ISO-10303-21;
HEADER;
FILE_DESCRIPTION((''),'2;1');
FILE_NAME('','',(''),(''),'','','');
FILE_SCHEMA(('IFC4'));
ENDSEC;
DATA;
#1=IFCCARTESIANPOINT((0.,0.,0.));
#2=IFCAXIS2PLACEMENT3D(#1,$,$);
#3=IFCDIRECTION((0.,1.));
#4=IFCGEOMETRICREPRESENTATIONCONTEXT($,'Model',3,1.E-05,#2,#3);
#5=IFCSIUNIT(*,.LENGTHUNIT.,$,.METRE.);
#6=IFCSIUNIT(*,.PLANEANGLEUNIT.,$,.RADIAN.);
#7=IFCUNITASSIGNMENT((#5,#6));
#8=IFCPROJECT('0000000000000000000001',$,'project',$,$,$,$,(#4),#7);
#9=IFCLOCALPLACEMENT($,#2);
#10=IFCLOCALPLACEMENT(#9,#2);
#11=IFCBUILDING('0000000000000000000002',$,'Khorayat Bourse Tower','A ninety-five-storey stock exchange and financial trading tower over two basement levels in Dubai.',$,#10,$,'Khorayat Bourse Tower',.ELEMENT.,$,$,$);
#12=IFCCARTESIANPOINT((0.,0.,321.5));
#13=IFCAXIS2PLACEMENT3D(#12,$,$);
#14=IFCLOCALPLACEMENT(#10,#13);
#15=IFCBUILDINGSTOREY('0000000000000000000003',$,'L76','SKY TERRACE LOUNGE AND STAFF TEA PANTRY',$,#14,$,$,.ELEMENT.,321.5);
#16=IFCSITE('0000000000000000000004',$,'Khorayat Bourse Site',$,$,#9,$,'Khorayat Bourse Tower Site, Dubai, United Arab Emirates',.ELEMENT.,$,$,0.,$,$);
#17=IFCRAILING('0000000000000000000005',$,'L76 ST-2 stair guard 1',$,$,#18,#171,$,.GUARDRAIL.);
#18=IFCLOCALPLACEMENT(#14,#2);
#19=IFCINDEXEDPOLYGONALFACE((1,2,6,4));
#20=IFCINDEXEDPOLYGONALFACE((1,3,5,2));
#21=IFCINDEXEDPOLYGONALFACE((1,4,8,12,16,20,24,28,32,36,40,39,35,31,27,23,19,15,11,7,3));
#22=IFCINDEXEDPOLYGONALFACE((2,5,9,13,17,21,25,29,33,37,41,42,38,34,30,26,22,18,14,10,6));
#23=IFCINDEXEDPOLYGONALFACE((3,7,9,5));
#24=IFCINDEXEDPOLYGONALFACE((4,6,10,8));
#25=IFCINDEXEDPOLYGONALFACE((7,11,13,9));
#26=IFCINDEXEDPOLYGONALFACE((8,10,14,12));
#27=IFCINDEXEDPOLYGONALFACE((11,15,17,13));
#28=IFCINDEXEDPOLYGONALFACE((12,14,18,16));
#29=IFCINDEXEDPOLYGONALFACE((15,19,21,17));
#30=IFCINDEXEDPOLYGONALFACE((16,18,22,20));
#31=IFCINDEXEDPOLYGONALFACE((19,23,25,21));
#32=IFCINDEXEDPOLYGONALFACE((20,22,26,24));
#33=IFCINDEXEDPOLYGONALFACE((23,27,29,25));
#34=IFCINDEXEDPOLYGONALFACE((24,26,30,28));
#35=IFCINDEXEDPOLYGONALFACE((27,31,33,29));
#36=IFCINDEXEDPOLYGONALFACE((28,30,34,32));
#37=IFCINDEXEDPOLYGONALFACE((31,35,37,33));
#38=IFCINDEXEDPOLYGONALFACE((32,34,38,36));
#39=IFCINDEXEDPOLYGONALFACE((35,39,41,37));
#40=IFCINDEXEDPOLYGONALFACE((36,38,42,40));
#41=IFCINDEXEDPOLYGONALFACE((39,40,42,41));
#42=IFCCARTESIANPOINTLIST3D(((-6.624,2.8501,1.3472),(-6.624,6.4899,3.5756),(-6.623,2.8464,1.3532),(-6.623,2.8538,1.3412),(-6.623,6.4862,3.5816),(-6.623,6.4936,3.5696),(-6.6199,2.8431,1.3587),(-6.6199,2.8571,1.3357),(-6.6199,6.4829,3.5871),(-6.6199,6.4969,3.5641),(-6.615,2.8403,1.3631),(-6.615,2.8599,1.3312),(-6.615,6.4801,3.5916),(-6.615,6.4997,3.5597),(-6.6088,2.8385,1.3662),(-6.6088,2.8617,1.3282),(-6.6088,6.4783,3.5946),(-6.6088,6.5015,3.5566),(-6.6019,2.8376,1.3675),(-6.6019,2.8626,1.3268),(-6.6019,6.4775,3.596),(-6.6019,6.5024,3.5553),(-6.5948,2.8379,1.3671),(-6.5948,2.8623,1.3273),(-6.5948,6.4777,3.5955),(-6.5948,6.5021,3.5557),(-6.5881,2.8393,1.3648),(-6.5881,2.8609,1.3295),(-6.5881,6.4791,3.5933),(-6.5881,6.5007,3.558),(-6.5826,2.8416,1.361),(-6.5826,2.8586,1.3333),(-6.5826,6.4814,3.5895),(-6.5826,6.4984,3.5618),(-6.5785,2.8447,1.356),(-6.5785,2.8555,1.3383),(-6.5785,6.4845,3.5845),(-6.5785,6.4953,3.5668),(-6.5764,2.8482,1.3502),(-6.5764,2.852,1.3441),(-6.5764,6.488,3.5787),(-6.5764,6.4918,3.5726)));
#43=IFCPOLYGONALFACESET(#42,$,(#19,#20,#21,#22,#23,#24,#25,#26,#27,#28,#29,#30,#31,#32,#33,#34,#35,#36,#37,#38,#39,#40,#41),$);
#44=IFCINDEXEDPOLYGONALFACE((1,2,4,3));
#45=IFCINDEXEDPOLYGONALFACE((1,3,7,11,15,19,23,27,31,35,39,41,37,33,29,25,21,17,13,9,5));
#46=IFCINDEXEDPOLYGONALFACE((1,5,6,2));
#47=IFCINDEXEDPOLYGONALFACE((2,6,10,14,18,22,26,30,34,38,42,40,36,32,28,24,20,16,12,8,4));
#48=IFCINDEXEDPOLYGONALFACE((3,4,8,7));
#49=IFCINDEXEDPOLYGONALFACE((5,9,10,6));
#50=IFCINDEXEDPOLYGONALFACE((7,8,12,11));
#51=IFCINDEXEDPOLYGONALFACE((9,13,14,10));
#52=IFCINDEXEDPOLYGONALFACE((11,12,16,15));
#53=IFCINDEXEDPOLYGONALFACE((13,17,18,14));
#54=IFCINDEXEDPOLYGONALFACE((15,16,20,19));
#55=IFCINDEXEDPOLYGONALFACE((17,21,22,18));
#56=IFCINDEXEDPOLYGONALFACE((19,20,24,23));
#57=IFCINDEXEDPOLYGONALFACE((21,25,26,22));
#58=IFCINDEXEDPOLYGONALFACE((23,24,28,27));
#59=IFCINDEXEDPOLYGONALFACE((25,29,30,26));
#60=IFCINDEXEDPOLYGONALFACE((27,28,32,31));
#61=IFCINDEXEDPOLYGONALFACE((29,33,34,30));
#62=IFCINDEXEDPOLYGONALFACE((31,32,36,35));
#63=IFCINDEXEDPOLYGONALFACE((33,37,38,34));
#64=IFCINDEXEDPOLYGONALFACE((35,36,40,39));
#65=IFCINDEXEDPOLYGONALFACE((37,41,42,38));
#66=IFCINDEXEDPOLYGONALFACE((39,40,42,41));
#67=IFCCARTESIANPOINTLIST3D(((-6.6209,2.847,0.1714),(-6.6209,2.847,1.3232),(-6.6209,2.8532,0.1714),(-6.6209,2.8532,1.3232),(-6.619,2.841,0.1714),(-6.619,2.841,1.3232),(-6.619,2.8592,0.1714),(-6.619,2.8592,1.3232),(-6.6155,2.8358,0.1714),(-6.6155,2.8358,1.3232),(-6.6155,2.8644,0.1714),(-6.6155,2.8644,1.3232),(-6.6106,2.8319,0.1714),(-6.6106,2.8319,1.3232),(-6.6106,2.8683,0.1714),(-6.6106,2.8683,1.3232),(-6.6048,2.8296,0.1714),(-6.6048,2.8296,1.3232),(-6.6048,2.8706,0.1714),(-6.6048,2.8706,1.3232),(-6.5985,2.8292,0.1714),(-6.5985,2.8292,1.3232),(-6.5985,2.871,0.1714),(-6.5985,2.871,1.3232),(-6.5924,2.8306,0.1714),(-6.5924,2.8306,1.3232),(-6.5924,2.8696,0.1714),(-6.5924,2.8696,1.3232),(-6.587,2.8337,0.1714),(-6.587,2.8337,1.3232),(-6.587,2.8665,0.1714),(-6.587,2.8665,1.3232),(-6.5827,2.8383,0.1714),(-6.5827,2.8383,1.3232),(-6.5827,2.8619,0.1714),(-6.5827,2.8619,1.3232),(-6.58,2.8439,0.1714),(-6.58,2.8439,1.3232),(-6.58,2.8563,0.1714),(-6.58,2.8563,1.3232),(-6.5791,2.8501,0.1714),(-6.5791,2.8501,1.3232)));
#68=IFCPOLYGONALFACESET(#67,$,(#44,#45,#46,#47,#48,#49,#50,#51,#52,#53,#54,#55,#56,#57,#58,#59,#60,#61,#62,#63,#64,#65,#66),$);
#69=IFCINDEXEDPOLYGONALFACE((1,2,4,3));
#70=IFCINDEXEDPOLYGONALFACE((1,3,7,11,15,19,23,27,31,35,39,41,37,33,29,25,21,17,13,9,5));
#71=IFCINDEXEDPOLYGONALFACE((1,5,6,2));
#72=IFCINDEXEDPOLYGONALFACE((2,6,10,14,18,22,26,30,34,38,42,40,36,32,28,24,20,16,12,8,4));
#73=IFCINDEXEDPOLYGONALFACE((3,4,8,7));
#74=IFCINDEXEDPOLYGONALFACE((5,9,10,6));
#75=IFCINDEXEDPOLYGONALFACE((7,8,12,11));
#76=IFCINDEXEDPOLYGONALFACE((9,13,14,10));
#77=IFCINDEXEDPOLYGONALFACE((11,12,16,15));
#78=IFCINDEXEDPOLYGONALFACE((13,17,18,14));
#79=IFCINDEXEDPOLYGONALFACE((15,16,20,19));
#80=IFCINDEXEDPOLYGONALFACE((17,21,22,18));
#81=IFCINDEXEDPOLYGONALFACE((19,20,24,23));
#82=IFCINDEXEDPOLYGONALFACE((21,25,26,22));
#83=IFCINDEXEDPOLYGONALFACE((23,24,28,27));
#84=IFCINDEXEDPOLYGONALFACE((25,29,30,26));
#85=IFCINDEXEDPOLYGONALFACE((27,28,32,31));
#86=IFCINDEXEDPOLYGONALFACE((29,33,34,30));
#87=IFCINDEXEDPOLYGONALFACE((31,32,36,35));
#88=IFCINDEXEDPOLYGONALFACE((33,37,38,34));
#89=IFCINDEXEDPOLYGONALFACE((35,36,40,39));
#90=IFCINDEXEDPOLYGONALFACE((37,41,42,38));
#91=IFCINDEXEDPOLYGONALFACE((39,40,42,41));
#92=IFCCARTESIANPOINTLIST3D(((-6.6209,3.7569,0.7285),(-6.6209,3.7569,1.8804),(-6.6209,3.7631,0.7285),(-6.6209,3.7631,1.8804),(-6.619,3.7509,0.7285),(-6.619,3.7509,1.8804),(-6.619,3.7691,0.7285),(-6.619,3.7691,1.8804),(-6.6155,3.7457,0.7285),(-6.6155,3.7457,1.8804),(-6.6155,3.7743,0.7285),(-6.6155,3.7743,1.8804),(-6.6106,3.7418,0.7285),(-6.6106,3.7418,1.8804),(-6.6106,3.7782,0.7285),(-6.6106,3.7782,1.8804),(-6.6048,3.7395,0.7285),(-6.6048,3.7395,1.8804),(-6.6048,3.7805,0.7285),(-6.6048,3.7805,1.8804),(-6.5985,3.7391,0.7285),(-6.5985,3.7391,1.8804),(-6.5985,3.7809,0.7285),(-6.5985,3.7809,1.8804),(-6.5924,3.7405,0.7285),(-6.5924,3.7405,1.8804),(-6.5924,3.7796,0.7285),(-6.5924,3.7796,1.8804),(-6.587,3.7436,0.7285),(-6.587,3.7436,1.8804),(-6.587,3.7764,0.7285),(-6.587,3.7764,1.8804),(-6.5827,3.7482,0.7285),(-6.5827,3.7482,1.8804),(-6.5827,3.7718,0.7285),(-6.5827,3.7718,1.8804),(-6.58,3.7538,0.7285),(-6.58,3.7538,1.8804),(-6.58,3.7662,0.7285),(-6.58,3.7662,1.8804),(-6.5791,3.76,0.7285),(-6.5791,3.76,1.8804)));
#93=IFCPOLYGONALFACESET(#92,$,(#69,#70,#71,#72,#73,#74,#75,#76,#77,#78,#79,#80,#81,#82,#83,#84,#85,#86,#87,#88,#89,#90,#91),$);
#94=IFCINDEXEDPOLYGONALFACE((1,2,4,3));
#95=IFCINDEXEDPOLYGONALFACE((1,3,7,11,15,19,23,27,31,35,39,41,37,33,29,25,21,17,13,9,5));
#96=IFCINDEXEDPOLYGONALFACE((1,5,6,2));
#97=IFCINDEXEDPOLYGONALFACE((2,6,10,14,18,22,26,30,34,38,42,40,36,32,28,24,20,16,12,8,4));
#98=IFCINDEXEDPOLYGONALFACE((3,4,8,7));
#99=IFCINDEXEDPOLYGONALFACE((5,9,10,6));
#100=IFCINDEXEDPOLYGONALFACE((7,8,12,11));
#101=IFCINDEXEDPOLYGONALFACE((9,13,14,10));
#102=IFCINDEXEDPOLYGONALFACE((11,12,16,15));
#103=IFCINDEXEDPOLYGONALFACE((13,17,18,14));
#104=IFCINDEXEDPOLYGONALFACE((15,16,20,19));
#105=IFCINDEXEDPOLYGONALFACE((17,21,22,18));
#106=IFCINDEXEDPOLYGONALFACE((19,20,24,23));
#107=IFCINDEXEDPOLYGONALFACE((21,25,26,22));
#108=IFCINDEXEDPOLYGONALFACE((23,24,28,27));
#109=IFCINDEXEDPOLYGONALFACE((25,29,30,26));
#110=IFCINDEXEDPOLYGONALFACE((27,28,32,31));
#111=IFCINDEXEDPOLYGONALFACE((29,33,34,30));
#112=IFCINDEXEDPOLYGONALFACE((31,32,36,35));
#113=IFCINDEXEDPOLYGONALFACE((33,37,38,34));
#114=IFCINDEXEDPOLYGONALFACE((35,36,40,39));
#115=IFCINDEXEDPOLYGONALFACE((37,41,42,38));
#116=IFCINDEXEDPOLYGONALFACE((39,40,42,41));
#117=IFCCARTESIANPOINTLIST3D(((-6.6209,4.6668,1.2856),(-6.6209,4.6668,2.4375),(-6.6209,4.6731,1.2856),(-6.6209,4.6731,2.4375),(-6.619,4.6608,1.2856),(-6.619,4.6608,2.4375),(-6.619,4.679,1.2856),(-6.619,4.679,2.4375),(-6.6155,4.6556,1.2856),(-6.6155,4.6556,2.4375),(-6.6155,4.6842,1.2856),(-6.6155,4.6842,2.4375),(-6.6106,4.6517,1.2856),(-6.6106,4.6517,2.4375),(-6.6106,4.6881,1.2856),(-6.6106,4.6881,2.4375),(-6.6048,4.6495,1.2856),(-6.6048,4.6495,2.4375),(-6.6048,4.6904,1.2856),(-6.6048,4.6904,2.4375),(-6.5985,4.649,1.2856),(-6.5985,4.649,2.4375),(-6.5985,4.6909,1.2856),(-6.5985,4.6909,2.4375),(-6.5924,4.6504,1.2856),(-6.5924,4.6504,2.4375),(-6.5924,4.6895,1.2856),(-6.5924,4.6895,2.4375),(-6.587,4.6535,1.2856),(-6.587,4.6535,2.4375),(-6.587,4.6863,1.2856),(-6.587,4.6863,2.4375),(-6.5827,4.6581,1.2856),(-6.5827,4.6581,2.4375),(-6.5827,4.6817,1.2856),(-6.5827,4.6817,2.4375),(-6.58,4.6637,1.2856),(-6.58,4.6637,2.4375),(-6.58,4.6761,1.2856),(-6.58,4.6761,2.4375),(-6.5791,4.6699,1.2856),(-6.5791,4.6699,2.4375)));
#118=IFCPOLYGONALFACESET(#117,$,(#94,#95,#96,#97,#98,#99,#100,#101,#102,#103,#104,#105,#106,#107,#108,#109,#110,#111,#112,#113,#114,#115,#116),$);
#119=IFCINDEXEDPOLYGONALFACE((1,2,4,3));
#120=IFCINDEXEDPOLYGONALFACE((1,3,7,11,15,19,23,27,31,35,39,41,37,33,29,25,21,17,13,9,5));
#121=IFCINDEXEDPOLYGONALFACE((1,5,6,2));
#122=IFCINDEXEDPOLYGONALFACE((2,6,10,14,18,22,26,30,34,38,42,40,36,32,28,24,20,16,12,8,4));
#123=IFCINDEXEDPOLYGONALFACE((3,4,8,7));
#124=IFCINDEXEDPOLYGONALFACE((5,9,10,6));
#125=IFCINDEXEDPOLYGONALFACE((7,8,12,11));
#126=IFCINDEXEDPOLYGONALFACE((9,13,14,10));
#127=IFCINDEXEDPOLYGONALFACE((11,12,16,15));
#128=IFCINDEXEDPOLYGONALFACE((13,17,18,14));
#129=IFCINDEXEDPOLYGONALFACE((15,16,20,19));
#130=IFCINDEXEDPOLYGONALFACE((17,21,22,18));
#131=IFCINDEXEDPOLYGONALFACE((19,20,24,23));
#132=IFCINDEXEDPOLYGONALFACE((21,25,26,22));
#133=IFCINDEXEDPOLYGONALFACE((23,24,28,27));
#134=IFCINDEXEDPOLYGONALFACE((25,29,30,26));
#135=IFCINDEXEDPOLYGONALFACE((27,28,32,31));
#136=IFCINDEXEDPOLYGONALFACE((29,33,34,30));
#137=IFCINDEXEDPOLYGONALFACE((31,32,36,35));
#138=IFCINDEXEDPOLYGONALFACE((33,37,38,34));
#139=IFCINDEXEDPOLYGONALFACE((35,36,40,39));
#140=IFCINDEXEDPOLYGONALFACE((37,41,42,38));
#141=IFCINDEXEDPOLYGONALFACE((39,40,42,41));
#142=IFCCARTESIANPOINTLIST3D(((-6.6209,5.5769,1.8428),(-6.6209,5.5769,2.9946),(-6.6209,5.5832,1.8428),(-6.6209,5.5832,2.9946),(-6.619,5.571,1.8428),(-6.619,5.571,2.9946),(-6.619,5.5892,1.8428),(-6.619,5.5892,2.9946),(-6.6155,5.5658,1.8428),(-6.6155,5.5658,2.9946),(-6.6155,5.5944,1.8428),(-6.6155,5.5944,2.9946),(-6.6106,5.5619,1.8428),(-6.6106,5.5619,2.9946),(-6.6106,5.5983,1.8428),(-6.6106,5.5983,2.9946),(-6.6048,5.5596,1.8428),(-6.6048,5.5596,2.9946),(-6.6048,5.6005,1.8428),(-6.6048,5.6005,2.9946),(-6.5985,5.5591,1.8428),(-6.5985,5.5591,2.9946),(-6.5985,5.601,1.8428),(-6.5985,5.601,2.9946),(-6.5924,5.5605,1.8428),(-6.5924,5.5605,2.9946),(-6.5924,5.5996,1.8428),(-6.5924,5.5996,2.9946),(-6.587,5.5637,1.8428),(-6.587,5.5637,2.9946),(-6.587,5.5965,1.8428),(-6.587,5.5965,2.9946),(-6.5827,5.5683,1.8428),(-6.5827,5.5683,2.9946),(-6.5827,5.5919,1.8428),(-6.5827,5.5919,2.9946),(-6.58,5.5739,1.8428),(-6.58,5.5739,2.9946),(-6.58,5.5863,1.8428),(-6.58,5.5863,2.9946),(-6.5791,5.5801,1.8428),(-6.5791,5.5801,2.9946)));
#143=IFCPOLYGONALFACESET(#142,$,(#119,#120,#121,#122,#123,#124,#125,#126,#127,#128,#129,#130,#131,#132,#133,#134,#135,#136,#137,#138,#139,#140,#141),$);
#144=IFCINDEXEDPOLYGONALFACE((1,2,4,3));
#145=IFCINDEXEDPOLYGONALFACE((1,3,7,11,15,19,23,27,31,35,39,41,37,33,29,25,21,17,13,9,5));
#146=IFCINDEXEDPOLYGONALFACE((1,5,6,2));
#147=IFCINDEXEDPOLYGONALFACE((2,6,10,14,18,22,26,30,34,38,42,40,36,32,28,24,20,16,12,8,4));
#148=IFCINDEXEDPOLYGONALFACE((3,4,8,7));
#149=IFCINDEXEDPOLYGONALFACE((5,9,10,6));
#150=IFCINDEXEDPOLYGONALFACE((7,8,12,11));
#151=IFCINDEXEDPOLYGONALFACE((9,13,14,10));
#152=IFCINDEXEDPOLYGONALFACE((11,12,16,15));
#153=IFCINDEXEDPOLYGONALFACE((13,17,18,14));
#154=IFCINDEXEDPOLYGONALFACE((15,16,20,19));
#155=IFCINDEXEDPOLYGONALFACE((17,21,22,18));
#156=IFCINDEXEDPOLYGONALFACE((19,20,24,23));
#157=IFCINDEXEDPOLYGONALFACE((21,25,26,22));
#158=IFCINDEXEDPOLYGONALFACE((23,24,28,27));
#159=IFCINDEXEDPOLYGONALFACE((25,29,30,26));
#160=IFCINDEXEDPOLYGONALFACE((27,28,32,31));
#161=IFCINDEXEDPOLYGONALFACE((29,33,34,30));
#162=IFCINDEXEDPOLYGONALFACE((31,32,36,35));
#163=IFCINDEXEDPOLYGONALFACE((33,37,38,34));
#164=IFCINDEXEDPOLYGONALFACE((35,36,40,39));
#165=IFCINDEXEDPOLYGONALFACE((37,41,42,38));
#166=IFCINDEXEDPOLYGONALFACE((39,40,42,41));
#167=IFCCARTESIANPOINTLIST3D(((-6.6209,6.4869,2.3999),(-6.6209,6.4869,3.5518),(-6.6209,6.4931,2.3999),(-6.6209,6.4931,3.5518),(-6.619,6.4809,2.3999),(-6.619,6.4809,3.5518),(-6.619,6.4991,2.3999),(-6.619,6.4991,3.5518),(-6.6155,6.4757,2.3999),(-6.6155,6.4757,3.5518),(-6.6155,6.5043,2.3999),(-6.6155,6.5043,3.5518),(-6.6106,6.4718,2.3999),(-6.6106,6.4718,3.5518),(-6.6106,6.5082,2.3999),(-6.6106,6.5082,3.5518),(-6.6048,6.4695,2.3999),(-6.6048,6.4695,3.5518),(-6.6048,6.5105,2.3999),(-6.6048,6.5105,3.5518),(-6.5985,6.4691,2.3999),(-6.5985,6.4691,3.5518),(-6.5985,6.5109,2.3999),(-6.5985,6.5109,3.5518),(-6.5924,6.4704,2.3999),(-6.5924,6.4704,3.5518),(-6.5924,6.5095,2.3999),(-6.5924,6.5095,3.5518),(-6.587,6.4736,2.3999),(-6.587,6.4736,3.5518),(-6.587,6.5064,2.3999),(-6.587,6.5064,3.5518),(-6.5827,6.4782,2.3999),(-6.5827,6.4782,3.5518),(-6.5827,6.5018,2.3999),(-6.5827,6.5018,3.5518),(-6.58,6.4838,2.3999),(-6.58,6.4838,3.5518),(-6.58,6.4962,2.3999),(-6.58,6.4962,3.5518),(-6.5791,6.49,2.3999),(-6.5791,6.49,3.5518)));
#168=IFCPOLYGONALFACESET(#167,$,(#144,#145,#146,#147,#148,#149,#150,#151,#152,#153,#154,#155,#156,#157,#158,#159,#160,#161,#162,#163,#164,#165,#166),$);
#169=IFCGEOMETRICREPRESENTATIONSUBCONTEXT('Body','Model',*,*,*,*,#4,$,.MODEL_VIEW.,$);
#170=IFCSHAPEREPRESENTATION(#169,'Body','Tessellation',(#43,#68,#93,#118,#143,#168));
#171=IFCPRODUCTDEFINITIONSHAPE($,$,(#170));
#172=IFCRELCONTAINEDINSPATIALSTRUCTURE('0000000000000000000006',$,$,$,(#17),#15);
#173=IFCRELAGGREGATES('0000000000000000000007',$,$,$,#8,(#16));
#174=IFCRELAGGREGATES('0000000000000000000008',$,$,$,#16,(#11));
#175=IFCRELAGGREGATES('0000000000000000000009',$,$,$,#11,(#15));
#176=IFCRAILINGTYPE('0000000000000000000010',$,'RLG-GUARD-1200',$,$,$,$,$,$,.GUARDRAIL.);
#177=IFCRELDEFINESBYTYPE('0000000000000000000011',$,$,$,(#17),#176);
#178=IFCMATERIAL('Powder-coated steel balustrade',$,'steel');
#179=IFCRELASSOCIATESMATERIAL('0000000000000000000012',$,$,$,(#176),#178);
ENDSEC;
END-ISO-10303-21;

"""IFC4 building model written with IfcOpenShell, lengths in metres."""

from ifc_helpers import new_model, si_unit, direction, frame, origin, origin_2d, place, context, subcontext, project, spatial, circle, extrude, source, transform, mapped, material, type_object, element, save


model = new_model("IFC4")

# Units and contexts
model_context = context("Model", 3, precision=1e-05, world=origin(), true_north=direction((0.0, 1.0)))
body_context = subcontext(model_context, "Body", "Model", "MODEL_VIEW")
ifc_project = project(units=[si_unit("LENGTHUNIT", "METRE"), si_unit("PLANEANGLEUNIT", "RADIAN")], contexts=[model_context])

# Site, building, storey
site_placement = place(None, origin())
site = spatial("IfcSite", under=ifc_project, at=site_placement, Name="Khorayat Bourse Site", LongName="Khorayat Bourse Tower Site, Dubai, United Arab Emirates", CompositionType="ELEMENT", RefElevation=0.0)
building_placement = place(site_placement, origin())
building = spatial("IfcBuilding", under=site, at=building_placement, Name="Khorayat Bourse Tower", Description="A ninety-five-storey stock exchange and financial trading tower over two basement levels in Dubai.", LongName="Khorayat Bourse Tower", CompositionType="ELEMENT")
storey_placement = place(building_placement, frame((0.0, 0.0, 321.5)))
storey = spatial("IfcBuildingStorey", under=building, at=storey_placement, Name="L76", Description="SKY TERRACE LOUNGE AND STAFF TEA PANTRY", CompositionType="ELEMENT", Elevation=321.5)

# Railing
ifc_material_1 = material(Name="Powder-coated steel balustrade", Category="steel")
railing_type_1 = type_object("IfcRailingType", Name="RLG-GUARD-1200", PredefinedType="GUARDRAIL", material=ifc_material_1)
shared_shape_1 = source(origin(), body_context, "Body", "SweptSolid", [
    extrude(circle(Radius=0.0239, at=origin_2d()), frame((0.0, 0.0, 1.1758), z_axis=(0.0, 0.85285, 0.522156), x_axis=(-1.0, 0.0, 0.0)), (0.0, 0.0, 1.0), 4.2678),
    extrude(circle(Radius=0.021, at=origin_2d()), origin(), (0.0, 0.0, 1.0), 1.1519),
    extrude(circle(Radius=0.021, at=origin_2d()), frame((0.0, 0.9099, 0.5571)), (0.0, 0.0, 1.0), 1.1519),
    extrude(circle(Radius=0.021, at=origin_2d()), frame((0.0, 1.8198, 1.1143)), (0.0, 0.0, 1.0), 1.1519),
    extrude(circle(Radius=0.021, at=origin_2d()), frame((0.0, 2.73, 1.6714)), (0.0, 0.0, 1.0), 1.1519),
    extrude(circle(Radius=0.021, at=origin_2d()), frame((0.0, 3.6399, 2.2285)), (0.0, 0.0, 1.0), 1.1519),
])
railing_1_placement = place(storey_placement, frame((-6.6001, 2.8501, 0.1714)))
element("IfcRailing", 1, at=railing_1_placement, inside=storey, type_object=railing_type_1, Name="L76 ST-2 stair guard 1", PredefinedType="GUARDRAIL", context=body_context, shape_type="MappedRepresentation", body=[
    mapped(shared_shape_1, transform((0.0, 0.0, 0.0), scale=1.0)),
])

save(model, "model.ifc")
